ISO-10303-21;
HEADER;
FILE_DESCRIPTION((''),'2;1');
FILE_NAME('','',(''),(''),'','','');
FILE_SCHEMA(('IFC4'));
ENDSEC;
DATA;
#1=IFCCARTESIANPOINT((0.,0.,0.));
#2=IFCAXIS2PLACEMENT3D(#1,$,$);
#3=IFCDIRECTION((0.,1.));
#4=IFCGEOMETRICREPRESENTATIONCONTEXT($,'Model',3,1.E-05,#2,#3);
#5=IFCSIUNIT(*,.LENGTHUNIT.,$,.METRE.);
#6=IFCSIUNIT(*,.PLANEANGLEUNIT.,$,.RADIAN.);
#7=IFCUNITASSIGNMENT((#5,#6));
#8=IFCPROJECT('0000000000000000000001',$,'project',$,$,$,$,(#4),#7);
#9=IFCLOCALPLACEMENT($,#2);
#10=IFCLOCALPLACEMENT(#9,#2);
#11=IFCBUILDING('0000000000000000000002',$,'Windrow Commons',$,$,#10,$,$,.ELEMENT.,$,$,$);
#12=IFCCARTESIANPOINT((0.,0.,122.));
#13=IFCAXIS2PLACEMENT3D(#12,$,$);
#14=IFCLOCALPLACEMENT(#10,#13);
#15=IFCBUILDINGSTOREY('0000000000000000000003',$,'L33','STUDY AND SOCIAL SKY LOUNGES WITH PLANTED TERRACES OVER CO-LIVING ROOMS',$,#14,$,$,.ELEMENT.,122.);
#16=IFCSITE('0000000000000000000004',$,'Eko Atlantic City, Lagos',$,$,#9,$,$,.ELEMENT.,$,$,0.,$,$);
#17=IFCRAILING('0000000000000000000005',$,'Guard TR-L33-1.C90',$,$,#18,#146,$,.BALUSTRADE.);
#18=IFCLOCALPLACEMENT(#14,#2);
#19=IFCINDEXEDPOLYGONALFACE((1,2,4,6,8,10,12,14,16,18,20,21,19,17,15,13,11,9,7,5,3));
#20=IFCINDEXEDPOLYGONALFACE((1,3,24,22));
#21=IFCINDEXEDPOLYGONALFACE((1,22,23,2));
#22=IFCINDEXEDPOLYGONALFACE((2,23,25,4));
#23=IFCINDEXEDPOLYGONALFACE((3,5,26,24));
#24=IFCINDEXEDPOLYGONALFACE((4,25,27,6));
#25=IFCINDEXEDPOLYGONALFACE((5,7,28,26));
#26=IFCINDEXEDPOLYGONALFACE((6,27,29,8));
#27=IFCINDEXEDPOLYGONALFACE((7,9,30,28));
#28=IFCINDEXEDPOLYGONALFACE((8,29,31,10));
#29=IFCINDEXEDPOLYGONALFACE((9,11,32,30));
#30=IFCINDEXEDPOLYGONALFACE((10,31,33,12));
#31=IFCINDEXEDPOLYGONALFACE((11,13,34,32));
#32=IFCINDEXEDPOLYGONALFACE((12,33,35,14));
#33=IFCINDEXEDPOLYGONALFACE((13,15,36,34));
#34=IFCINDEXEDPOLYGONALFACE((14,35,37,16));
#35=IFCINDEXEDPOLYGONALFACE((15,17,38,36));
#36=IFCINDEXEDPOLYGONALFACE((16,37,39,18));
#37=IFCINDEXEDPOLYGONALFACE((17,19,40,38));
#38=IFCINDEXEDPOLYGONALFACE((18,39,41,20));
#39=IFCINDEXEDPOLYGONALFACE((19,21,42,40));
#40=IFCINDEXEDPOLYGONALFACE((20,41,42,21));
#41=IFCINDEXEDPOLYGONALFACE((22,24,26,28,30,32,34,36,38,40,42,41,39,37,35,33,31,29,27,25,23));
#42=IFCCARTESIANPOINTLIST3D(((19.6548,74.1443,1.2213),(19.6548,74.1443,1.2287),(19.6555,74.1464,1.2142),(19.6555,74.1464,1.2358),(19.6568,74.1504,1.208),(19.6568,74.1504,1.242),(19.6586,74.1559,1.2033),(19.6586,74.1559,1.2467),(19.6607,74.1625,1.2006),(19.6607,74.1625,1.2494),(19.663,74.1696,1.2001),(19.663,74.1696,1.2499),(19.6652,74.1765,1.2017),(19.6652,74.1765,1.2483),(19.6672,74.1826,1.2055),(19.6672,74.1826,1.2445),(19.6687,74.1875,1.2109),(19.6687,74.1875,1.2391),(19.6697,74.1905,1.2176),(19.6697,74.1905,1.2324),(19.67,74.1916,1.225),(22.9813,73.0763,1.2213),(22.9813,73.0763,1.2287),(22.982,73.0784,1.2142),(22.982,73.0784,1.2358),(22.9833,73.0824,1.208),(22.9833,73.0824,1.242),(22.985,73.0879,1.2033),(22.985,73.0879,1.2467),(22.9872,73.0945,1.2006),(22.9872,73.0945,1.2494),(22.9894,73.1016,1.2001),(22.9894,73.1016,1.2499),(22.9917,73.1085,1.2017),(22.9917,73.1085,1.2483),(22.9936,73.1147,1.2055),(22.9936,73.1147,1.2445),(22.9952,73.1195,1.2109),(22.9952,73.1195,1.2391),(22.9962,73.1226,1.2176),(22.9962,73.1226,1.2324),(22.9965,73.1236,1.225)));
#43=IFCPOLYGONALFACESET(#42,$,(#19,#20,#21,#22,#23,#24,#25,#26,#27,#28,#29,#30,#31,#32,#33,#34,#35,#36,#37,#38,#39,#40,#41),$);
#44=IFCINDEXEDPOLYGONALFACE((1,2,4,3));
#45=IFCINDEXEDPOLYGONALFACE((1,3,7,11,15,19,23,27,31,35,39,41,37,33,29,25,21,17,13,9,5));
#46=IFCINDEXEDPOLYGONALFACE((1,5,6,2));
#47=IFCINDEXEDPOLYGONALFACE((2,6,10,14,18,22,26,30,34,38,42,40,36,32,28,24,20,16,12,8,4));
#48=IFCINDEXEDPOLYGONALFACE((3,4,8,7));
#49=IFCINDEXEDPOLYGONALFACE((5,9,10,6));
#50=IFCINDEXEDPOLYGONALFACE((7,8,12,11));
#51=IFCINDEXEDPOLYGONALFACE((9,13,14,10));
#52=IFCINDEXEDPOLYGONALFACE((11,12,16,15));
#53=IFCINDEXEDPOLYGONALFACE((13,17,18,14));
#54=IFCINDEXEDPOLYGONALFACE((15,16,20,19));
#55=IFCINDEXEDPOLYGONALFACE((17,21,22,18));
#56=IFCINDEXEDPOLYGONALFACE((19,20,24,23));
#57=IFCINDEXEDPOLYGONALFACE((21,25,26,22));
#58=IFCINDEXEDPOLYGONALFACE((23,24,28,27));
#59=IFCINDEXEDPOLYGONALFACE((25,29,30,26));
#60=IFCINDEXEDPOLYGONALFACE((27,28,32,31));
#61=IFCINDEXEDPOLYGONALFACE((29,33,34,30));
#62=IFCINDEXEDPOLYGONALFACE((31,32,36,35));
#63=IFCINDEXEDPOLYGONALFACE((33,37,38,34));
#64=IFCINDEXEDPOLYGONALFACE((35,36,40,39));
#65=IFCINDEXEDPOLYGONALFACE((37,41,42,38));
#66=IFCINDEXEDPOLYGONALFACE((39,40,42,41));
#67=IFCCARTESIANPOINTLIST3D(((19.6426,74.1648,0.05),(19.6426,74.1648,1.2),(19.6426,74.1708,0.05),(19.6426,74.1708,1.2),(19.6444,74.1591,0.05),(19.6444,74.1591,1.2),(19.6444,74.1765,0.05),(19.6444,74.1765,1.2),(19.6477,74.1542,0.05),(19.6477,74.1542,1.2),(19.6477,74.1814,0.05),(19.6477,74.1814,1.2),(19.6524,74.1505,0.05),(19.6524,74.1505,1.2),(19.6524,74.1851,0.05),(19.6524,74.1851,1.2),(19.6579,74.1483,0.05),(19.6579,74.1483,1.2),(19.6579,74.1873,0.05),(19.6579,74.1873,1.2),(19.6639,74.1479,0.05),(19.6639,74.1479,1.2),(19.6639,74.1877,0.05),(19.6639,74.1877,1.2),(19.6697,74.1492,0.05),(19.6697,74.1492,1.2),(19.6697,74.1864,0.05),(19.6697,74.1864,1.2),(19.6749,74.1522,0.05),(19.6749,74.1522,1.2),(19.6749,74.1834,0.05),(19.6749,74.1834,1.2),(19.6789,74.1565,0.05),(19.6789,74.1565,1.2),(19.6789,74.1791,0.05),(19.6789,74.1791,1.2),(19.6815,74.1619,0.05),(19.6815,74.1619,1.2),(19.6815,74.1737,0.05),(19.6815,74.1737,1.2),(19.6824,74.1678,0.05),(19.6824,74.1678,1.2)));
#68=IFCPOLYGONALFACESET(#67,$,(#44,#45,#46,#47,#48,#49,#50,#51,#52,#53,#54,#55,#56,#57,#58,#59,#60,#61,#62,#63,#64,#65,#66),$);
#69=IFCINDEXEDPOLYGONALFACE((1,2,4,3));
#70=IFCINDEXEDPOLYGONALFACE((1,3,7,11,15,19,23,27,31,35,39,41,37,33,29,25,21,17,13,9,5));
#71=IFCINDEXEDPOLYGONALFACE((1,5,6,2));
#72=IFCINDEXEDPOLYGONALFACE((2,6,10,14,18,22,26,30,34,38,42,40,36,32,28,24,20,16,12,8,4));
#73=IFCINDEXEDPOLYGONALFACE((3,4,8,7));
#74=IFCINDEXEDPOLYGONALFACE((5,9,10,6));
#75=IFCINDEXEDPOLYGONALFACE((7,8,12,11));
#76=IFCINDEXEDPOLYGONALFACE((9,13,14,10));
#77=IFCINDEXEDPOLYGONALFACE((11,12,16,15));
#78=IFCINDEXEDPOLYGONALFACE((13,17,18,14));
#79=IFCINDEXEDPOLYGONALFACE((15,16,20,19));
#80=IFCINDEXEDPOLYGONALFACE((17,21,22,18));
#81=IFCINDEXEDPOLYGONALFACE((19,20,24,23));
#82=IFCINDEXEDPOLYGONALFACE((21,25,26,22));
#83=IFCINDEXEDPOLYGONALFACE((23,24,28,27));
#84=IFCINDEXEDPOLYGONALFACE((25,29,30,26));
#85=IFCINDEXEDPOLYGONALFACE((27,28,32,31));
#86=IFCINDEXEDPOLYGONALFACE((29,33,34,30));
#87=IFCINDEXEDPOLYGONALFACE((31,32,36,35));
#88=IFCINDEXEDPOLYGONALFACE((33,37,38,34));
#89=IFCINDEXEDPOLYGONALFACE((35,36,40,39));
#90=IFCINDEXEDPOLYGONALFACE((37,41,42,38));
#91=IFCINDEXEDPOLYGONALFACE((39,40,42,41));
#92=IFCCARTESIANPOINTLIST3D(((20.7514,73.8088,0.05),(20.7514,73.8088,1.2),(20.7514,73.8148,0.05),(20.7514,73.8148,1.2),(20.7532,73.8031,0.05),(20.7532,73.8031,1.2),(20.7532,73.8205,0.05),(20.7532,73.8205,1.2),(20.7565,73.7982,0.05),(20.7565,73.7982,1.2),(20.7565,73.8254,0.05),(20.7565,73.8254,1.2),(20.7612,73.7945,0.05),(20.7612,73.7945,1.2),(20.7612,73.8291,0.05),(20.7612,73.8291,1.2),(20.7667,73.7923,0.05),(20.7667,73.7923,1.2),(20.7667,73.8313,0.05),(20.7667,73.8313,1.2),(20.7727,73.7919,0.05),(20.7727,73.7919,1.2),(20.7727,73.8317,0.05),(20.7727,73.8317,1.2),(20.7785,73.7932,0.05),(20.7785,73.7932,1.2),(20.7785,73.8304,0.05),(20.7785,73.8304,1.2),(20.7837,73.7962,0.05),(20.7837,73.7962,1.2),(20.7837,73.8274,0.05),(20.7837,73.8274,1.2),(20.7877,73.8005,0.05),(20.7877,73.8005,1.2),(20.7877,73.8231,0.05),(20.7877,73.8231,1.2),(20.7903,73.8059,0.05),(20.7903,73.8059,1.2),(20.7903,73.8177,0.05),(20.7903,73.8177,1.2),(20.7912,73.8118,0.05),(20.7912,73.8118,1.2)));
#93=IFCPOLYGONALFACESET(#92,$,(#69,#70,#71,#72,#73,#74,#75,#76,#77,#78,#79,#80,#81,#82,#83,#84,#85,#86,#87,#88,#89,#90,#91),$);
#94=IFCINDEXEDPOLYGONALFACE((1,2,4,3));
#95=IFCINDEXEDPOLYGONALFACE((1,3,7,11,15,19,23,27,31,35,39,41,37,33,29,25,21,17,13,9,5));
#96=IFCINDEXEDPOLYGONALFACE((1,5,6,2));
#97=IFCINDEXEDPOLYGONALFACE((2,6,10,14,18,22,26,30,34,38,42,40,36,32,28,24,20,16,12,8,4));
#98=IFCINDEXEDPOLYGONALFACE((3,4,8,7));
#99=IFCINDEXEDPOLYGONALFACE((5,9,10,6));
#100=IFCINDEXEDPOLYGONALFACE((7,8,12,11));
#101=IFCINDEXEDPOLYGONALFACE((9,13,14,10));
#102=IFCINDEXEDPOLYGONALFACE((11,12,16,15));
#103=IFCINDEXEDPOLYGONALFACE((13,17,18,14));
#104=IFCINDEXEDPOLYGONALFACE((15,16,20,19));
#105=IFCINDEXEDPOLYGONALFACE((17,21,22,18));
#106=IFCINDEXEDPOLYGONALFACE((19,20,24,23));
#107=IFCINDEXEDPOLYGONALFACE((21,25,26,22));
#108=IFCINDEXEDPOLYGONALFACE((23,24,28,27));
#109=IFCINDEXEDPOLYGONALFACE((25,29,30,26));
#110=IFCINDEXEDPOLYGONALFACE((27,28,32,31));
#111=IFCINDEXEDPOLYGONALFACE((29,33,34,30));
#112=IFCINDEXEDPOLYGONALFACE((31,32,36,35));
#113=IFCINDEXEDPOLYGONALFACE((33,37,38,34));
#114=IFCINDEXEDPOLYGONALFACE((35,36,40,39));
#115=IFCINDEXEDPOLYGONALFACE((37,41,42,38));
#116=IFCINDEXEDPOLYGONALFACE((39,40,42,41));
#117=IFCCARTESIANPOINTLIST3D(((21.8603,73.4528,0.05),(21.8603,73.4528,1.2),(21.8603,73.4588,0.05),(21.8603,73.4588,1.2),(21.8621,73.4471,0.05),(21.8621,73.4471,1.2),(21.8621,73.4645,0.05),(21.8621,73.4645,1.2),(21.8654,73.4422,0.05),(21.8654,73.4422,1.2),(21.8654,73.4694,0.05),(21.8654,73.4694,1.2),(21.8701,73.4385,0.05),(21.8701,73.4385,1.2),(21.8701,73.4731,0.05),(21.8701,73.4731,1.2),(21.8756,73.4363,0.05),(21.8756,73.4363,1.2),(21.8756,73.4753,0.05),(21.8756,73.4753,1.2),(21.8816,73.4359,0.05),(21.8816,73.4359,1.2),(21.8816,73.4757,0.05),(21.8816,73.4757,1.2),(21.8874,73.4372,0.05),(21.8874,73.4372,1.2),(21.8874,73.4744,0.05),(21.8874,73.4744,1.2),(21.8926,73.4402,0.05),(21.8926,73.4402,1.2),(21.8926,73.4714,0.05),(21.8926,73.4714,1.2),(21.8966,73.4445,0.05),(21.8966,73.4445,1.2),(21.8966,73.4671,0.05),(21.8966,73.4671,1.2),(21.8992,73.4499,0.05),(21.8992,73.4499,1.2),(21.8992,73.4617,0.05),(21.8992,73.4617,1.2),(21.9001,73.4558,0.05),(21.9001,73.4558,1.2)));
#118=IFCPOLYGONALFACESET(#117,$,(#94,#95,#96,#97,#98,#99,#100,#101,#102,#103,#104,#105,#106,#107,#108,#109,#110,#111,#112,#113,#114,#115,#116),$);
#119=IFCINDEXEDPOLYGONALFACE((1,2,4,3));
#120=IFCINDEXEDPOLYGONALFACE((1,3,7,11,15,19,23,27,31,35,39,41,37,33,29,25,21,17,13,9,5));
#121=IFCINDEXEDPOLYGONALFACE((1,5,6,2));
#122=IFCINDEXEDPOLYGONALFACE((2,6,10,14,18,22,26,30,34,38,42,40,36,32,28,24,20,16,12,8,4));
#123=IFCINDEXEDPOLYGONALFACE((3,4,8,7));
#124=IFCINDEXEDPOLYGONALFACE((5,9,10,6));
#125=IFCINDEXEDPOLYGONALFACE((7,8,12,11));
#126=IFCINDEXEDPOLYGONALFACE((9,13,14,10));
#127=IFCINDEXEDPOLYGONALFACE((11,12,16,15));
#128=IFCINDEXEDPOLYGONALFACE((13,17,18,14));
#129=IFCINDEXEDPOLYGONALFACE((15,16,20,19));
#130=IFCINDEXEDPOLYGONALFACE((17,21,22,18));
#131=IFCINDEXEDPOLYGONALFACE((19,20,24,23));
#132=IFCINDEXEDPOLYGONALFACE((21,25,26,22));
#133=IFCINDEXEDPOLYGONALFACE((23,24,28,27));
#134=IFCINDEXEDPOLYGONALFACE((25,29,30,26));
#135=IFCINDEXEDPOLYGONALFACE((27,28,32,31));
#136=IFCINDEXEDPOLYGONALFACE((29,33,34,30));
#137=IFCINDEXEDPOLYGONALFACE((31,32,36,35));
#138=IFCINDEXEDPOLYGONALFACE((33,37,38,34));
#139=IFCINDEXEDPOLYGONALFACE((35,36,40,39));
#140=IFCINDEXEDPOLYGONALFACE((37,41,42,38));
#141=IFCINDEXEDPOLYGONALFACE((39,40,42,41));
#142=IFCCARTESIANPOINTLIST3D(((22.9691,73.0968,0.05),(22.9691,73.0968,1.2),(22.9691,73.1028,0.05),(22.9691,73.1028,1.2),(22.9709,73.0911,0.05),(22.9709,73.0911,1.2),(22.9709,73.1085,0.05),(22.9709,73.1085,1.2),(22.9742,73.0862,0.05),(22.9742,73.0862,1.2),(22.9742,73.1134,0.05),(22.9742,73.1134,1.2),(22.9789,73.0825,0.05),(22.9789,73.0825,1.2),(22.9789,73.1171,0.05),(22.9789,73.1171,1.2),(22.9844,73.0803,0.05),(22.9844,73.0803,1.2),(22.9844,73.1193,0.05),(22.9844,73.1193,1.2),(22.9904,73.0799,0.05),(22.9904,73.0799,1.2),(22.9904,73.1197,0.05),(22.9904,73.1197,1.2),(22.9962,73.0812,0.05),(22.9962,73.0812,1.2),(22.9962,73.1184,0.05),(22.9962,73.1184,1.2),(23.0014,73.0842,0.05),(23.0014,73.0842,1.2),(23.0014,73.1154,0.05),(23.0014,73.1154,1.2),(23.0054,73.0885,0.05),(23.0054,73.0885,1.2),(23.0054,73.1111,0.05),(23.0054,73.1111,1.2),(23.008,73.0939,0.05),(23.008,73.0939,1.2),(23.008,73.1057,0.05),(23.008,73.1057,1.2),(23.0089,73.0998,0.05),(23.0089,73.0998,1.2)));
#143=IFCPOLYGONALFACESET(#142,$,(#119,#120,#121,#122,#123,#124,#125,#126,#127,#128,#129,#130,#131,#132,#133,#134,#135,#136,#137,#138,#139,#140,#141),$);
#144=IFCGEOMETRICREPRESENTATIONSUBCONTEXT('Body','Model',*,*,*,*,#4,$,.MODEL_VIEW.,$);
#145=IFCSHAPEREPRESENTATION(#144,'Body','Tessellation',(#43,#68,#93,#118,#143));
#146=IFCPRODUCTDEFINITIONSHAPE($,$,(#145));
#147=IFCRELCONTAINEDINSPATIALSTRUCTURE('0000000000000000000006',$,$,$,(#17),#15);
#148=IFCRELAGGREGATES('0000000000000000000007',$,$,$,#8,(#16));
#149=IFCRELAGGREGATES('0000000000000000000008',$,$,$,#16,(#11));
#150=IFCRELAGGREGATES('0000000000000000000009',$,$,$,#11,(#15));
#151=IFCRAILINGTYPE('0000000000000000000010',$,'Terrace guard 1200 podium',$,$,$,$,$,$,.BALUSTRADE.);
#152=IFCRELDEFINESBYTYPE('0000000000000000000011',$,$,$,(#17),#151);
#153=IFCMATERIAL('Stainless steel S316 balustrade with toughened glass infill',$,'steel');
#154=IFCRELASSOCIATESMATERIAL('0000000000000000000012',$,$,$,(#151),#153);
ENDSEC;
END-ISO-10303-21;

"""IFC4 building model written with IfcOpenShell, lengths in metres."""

from ifc_helpers import new_model, si_unit, direction, frame, origin, origin_2d, place, context, subcontext, project, spatial, circle, extrude, material, type_object, element, save


model = new_model("IFC4")

# Units and contexts
model_context = context("Model", 3, precision=1e-05, world=origin(), true_north=direction((0.0, 1.0)))
body_context = subcontext(model_context, "Body", "Model", "MODEL_VIEW")
ifc_project = project(units=[si_unit("LENGTHUNIT", "METRE"), si_unit("PLANEANGLEUNIT", "RADIAN")], contexts=[model_context])

# Site, building, storey
site_placement = place(None, origin())
site = spatial("IfcSite", under=ifc_project, at=site_placement, Name="Eko Atlantic City, Lagos", CompositionType="ELEMENT", RefElevation=0.0)
building_placement = place(site_placement, origin())
building = spatial("IfcBuilding", under=site, at=building_placement, Name="Windrow Commons", CompositionType="ELEMENT")
storey_placement = place(building_placement, frame((0.0, 0.0, 122.0)))
storey = spatial("IfcBuildingStorey", under=building, at=storey_placement, Name="L33", Description="STUDY AND SOCIAL SKY LOUNGES WITH PLANTED TERRACES OVER CO-LIVING ROOMS", CompositionType="ELEMENT", Elevation=122.0)

# Railing
ifc_material_1 = material(Name="Stainless steel S316 balustrade with toughened glass infill", Category="steel")
railing_type = type_object("IfcRailingType", Name="Terrace guard 1200 podium", PredefinedType="BALUSTRADE", material=ifc_material_1)
railing_1_placement = place(storey_placement, frame((19.6624, 74.1678, 0.05)))
element("IfcRailing", 1, at=railing_1_placement, inside=storey, type_object=railing_type, Name="Guard TR-L33-1.C90", PredefinedType="BALUSTRADE", context=body_context, shape_type="SweptSolid", body=[
    extrude(circle(Radius=0.025, at=origin_2d()), frame((0.0, 0.0, 1.175), z_axis=(0.952131, -0.30569, 0.0), x_axis=(0.30569, 0.952131, 0.0)), (0.0, 0.0, 1.0), 3.4937),
    extrude(circle(Radius=0.02, at=origin_2d()), origin(), (0.0, 0.0, 1.0), 1.15),
    extrude(circle(Radius=0.02, at=origin_2d()), frame((1.1088, -0.356, 0.0)), (0.0, 0.0, 1.0), 1.15),
    extrude(circle(Radius=0.02, at=origin_2d()), frame((2.2177, -0.712, 0.0)), (0.0, 0.0, 1.0), 1.15),
    extrude(circle(Radius=0.02, at=origin_2d()), frame((3.3265, -1.068, 0.0)), (0.0, 0.0, 1.0), 1.15),
])

save(model, "model.ifc")
